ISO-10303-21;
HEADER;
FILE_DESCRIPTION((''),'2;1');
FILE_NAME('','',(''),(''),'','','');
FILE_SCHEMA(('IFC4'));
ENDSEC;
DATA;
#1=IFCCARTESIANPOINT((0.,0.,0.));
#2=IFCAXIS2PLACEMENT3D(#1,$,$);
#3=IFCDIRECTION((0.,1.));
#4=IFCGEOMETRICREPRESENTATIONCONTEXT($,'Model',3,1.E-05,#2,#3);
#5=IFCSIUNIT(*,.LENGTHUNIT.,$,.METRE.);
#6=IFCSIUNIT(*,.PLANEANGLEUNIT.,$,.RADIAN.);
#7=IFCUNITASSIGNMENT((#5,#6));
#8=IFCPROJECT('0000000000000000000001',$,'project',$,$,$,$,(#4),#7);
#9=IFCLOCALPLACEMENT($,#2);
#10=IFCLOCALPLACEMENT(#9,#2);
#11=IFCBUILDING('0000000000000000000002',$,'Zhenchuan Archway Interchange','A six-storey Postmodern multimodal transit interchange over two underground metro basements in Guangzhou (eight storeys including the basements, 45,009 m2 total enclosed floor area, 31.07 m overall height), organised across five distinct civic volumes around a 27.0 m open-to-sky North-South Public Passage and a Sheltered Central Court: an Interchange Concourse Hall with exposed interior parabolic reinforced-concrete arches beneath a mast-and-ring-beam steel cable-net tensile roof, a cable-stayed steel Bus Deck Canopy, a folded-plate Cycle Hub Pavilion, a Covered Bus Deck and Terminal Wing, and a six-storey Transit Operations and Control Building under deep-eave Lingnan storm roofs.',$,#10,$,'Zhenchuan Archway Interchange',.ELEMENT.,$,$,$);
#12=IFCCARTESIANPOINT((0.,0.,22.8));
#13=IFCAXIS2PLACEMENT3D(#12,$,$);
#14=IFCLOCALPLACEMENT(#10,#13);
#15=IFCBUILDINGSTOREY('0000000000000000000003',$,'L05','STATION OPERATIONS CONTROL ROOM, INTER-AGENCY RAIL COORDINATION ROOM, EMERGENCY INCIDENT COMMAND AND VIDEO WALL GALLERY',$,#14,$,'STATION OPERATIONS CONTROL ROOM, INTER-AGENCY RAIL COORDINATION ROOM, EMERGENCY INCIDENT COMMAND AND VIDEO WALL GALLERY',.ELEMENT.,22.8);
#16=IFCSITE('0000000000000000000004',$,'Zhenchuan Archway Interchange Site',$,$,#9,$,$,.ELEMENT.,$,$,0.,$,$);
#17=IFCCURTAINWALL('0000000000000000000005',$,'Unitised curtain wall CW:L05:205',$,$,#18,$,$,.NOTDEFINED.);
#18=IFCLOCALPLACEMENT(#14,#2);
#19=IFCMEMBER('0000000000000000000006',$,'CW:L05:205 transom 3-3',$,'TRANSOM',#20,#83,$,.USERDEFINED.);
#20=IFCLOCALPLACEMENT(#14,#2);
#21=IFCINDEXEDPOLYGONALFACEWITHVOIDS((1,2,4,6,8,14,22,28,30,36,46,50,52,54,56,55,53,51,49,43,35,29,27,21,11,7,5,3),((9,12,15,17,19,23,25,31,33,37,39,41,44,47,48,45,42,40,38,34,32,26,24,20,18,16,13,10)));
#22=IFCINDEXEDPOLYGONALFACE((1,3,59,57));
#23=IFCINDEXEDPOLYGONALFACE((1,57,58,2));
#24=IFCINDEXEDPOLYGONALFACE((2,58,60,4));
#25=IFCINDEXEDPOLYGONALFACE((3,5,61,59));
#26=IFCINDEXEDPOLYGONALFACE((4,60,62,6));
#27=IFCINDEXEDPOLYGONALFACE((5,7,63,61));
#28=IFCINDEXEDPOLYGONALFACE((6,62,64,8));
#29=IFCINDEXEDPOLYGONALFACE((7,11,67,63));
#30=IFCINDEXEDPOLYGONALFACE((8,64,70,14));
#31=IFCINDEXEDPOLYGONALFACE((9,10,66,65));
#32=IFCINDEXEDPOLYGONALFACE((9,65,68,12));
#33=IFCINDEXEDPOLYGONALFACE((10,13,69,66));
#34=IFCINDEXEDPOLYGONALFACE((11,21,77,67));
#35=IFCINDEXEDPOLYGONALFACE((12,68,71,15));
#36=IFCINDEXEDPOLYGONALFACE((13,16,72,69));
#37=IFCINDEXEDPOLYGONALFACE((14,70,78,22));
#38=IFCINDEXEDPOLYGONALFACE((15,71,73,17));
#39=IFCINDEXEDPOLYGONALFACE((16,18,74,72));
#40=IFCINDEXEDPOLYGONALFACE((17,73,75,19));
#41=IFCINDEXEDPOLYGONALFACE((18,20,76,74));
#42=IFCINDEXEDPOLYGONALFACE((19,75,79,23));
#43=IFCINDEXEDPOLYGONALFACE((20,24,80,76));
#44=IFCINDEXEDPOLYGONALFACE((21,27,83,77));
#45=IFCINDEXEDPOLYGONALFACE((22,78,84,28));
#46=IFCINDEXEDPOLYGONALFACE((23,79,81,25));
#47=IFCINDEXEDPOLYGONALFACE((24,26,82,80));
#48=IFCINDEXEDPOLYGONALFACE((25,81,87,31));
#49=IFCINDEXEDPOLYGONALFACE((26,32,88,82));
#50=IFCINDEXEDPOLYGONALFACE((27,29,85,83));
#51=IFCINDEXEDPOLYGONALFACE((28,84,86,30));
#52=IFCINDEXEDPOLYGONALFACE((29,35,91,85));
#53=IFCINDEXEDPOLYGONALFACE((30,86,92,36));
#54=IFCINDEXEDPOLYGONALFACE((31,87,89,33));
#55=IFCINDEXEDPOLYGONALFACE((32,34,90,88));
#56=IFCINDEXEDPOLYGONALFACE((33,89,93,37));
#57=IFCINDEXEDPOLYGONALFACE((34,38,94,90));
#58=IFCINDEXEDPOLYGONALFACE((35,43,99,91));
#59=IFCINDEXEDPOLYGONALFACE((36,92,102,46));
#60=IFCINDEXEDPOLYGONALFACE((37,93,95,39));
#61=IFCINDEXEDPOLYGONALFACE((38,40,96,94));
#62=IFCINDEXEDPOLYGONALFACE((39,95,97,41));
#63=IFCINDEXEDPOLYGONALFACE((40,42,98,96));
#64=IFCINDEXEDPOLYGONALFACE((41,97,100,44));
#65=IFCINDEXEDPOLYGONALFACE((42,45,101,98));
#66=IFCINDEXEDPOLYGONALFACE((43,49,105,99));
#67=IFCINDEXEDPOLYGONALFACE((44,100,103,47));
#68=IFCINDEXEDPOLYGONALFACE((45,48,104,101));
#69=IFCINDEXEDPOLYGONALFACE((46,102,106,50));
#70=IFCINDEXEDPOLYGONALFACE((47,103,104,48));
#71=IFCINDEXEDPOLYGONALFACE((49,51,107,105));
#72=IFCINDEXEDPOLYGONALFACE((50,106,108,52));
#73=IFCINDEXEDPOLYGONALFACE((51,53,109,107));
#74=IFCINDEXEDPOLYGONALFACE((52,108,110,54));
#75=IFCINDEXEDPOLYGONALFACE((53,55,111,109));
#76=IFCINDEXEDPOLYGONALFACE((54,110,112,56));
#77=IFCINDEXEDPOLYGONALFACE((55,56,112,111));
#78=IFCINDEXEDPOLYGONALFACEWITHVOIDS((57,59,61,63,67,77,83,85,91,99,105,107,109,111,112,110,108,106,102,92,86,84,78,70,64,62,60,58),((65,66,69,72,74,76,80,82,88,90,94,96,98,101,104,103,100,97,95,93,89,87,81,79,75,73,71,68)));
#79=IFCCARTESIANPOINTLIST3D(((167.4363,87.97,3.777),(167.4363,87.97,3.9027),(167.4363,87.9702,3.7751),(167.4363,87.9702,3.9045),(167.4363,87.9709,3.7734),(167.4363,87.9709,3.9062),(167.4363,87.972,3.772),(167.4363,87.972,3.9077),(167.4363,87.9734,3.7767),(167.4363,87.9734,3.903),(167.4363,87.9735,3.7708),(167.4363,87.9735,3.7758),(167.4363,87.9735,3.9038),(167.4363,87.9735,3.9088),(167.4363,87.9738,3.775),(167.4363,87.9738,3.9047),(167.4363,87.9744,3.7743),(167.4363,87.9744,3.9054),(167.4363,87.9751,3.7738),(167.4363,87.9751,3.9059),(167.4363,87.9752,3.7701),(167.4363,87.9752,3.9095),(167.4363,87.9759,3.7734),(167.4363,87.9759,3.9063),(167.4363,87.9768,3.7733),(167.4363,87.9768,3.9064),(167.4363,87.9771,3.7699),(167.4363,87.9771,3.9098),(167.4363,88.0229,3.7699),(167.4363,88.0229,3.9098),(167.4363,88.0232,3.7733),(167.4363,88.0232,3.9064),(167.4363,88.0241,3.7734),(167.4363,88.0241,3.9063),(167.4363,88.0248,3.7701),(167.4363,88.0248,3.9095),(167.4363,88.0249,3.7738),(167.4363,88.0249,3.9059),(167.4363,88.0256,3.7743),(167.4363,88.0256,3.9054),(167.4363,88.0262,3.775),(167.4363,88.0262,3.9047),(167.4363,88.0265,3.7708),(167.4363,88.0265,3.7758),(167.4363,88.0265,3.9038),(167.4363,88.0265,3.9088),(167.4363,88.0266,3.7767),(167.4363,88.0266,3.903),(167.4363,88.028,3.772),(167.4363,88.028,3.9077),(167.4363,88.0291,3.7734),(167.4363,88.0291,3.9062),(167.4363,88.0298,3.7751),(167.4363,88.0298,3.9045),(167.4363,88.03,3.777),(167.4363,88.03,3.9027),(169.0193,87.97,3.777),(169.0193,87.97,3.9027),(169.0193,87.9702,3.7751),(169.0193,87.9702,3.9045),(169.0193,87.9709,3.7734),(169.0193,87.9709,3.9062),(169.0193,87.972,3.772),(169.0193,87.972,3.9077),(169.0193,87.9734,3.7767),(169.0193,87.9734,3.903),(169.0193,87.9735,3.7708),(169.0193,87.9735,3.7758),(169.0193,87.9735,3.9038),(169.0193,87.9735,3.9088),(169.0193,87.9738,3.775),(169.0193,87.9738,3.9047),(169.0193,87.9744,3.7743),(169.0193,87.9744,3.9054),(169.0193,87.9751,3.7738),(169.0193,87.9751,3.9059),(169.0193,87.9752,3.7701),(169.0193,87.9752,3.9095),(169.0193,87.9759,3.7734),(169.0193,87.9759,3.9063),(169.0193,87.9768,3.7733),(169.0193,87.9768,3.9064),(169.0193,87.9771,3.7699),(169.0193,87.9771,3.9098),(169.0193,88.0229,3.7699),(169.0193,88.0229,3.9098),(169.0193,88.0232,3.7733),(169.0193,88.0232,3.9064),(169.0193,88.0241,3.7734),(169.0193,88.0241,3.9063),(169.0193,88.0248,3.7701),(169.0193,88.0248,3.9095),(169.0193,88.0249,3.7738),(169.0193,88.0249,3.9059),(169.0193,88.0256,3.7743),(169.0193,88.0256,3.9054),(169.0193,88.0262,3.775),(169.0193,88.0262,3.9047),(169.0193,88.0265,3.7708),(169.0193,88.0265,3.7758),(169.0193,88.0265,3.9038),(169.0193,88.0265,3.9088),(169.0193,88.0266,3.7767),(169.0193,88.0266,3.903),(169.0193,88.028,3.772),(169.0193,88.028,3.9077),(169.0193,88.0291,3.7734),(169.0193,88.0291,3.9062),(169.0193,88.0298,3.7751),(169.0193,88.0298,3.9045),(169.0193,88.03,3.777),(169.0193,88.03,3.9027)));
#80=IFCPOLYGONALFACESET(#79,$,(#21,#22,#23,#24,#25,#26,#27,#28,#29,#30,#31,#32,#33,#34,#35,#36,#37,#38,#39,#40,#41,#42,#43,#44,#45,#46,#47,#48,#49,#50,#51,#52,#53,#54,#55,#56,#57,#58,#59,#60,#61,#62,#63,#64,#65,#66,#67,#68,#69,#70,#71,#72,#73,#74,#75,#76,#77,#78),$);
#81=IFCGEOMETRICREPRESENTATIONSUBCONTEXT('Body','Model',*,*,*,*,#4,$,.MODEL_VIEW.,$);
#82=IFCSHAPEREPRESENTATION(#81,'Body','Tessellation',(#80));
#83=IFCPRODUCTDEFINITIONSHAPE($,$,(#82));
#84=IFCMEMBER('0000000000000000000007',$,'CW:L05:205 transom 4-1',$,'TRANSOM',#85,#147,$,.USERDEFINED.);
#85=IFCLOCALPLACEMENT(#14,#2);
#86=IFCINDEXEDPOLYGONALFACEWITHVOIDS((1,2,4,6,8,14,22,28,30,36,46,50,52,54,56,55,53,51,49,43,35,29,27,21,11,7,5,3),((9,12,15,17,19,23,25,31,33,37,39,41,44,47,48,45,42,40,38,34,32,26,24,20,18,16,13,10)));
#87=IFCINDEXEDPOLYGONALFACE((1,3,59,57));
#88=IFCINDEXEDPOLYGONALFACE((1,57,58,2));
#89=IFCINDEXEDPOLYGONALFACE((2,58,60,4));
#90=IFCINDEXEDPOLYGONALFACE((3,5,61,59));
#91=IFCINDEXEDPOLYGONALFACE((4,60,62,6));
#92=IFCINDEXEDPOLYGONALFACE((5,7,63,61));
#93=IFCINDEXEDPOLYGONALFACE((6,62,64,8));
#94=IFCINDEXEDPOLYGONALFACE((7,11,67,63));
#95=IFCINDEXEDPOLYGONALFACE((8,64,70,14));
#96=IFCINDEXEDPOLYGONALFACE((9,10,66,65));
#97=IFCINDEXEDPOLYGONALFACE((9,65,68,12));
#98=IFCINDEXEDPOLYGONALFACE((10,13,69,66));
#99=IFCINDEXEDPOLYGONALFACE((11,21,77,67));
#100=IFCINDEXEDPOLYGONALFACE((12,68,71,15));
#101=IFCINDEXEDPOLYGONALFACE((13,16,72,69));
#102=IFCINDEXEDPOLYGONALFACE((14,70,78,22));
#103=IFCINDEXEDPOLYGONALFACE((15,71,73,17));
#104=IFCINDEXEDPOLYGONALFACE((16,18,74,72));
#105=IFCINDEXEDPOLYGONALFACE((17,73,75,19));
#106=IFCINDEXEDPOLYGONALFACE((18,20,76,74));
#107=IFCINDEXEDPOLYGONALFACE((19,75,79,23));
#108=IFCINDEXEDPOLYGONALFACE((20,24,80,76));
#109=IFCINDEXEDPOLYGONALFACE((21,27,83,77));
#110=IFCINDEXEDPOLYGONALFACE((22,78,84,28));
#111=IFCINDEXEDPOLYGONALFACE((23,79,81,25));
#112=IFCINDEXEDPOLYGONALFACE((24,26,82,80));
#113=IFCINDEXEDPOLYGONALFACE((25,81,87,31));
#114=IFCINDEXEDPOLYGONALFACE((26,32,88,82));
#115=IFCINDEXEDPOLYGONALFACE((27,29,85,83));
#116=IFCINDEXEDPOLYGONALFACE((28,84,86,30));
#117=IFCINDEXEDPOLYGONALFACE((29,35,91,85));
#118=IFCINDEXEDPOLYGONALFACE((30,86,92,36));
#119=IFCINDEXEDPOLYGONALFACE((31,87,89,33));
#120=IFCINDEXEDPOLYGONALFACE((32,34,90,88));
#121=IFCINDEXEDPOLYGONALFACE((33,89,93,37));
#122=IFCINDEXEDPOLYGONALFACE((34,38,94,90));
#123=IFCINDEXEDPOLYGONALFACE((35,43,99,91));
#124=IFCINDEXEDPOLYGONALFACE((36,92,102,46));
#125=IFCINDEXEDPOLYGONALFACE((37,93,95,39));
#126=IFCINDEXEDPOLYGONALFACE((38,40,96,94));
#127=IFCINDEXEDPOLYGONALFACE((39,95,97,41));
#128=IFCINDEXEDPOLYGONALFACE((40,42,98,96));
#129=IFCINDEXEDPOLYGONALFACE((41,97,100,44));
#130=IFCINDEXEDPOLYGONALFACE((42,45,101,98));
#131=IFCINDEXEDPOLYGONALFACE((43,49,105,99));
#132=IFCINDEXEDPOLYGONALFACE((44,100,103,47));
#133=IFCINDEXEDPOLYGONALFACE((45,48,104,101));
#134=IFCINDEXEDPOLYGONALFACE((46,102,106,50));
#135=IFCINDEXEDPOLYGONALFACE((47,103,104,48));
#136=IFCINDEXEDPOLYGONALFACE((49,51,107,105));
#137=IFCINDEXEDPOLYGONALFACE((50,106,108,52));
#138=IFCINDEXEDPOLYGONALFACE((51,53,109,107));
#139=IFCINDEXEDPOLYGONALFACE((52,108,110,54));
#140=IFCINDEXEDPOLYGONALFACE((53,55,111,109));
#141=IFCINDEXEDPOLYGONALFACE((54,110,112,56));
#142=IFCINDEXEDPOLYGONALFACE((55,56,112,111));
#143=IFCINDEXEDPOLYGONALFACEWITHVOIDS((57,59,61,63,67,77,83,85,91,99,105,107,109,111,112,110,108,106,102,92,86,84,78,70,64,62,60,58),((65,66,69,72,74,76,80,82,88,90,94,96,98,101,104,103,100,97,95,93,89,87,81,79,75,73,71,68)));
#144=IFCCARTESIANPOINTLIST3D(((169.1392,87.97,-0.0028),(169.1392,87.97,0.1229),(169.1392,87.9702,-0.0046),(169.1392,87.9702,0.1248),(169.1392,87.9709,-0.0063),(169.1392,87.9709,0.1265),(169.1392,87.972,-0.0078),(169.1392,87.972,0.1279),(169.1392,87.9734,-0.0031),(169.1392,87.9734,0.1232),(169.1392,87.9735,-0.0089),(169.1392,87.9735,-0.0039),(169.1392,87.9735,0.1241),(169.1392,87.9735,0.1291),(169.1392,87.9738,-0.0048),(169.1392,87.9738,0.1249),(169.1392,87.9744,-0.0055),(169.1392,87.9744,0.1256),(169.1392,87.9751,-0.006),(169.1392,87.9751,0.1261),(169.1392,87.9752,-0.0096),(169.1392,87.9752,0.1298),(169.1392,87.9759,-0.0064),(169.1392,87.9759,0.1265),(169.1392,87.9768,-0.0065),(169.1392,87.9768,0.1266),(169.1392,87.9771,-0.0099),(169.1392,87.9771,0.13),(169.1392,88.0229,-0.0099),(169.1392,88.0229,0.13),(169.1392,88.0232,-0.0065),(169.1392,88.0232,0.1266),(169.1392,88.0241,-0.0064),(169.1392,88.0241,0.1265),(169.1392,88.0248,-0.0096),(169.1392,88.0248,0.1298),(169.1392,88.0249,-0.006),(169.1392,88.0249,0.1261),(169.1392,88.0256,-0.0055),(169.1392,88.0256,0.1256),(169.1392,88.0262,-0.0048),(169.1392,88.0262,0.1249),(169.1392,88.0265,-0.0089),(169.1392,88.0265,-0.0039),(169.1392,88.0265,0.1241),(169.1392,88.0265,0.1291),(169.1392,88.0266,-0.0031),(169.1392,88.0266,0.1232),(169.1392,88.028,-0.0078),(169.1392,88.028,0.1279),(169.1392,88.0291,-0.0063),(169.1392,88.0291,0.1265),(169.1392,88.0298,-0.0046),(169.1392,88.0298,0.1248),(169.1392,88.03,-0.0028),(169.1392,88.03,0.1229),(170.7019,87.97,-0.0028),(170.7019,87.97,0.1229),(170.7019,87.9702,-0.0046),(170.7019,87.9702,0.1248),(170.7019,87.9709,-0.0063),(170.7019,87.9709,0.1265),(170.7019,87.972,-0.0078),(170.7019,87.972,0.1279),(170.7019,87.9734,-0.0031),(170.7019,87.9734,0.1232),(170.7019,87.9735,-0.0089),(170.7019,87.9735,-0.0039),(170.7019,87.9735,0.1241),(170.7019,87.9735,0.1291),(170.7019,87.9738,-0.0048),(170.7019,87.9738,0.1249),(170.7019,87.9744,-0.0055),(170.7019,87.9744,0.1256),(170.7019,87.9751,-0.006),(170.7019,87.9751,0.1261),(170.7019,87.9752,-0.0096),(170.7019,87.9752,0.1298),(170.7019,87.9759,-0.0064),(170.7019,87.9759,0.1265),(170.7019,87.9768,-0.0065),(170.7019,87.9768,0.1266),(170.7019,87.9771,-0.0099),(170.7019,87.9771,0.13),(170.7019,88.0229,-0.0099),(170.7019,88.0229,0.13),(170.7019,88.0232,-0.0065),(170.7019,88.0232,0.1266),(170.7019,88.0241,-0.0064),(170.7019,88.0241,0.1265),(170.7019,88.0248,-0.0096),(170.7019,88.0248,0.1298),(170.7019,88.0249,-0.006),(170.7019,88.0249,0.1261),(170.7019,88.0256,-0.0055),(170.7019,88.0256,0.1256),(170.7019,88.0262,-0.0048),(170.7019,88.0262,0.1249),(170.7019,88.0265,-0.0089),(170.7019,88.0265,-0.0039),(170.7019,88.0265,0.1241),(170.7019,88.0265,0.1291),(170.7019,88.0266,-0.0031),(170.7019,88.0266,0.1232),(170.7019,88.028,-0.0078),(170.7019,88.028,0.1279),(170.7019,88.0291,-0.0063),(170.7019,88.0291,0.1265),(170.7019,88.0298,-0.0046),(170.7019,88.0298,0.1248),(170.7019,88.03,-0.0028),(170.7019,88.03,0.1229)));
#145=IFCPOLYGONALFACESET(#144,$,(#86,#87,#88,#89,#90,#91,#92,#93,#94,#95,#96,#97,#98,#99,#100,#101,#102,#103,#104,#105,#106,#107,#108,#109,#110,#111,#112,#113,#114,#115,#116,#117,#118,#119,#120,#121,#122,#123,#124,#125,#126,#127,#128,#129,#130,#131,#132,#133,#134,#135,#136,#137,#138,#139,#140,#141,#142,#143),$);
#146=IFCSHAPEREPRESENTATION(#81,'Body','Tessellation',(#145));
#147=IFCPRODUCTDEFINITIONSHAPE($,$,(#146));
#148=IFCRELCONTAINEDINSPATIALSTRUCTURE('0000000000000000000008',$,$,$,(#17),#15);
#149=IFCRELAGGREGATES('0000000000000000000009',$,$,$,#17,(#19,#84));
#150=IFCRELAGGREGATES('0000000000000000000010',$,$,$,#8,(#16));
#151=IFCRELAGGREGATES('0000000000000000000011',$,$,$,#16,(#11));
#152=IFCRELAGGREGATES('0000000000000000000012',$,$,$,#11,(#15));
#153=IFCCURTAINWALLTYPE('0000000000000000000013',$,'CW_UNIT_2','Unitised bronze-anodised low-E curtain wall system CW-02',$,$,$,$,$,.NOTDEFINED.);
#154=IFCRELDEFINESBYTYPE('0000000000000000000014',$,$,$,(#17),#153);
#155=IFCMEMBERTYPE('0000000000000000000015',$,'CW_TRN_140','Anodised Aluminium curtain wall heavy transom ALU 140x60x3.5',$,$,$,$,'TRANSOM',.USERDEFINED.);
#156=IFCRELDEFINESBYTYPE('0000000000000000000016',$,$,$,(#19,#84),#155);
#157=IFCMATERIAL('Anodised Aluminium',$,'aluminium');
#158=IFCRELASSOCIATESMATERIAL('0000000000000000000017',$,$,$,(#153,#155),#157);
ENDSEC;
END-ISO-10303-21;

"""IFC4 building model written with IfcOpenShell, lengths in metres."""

from ifc_helpers import new_model, si_unit, direction, frame, origin, origin_2d, place, context, subcontext, project, spatial, hollow_rectangle, extrude, material, material_profile, profile_set, type_object, element, aggregate, save


model = new_model("IFC4")

# Units and contexts
model_context = context("Model", 3, precision=1e-05, world=origin(), true_north=direction((0.0, 1.0)))
body_context = subcontext(model_context, "Body", "Model", "MODEL_VIEW")
ifc_project = project(units=[si_unit("LENGTHUNIT", "METRE"), si_unit("PLANEANGLEUNIT", "RADIAN")], contexts=[model_context])

# Site, building, storey
site_placement = place(None, origin())
site = spatial("IfcSite", under=ifc_project, at=site_placement, Name="Zhenchuan Archway Interchange Site", CompositionType="ELEMENT", RefElevation=0.0)
building_placement = place(site_placement, origin())
building = spatial("IfcBuilding", under=site, at=building_placement, Name="Zhenchuan Archway Interchange", Description="A six-storey Postmodern multimodal transit interchange over two underground metro basements in Guangzhou (eight storeys including the basements, 45,009 m2 total enclosed floor area, 31.07 m overall height), organised across five distinct civic volumes around a 27.0 m open-to-sky North-South Public Passage and a Sheltered Central Court: an Interchange Concourse Hall with exposed interior parabolic reinforced-concrete arches beneath a mast-and-ring-beam steel cable-net tensile roof, a cable-stayed steel Bus Deck Canopy, a folded-plate Cycle Hub Pavilion, a Covered Bus Deck and Terminal Wing, and a six-storey Transit Operations and Control Building under deep-eave Lingnan storm roofs.", LongName="Zhenchuan Archway Interchange", CompositionType="ELEMENT")
storey_placement = place(building_placement, frame((0.0, 0.0, 22.8)))
storey = spatial("IfcBuildingStorey", under=building, at=storey_placement, Name="L05", Description="STATION OPERATIONS CONTROL ROOM, INTER-AGENCY RAIL COORDINATION ROOM, EMERGENCY INCIDENT COMMAND AND VIDEO WALL GALLERY", LongName="STATION OPERATIONS CONTROL ROOM, INTER-AGENCY RAIL COORDINATION ROOM, EMERGENCY INCIDENT COMMAND AND VIDEO WALL GALLERY", CompositionType="ELEMENT", Elevation=22.8)

# Curtain wall, members
ifc_material_1 = material(Name="Anodised Aluminium", Category="aluminium")
curtain_wall_type = type_object("IfcCurtainWallType", Name="CW_UNIT_2", Description="Unitised bronze-anodised low-E curtain wall system CW-02", PredefinedType="NOTDEFINED", material=ifc_material_1)
curtain_wall_placement = place(storey_placement, origin())
curtain_wall = element("IfcCurtainWall", 1, at=curtain_wall_placement, inside=storey, type_object=curtain_wall_type, Name="Unitised curtain wall CW:L05:205", PredefinedType="NOTDEFINED")
ifc_material_profile_1 = material_profile(ifc_material_1, hollow_rectangle(XDim=0.0601, YDim=0.1399, WallThickness=0.0034, InnerFilletRadius=0.0034, OuterFilletRadius=0.0071, at=origin_2d()), Name="ALU 140x60x3.5")
ifc_profile_set_1 = profile_set([ifc_material_profile_1], Name="Anodised Aluminium")
member_type_1 = type_object("IfcMemberType", Name="CW_TRN_140", Description="Anodised Aluminium curtain wall heavy transom ALU 140x60x3.5", ElementType="TRANSOM", PredefinedType="USERDEFINED", material=ifc_profile_set_1)
member_1_placement = place(storey_placement, frame((167.4363, 88.0, 3.8398), z_axis=(1.0, 0.0, 0.0), x_axis=(0.0, 1.0, 0.0)))
member_1 = element("IfcMember", 2, at=member_1_placement, type_object=member_type_1, Name="CW:L05:205 transom 3-3", ObjectType="TRANSOM", PredefinedType="USERDEFINED", context=body_context, shape_type="SweptSolid", body=[
    extrude(hollow_rectangle(XDim=0.0601, YDim=0.1399, WallThickness=0.0034, InnerFilletRadius=0.0034, OuterFilletRadius=0.0071, at=origin_2d()), origin(), (0.0, 0.0, 1.0), 1.583),
])
member_2_placement = place(storey_placement, frame((169.1392, 88.0, 0.0601), z_axis=(1.0, 0.0, 0.0), x_axis=(0.0, 1.0, 0.0)))
member_2 = element("IfcMember", 3, at=member_2_placement, type_object=member_type_1, Name="CW:L05:205 transom 4-1", ObjectType="TRANSOM", PredefinedType="USERDEFINED", context=body_context, shape_type="SweptSolid", body=[
    extrude(hollow_rectangle(XDim=0.0601, YDim=0.1399, WallThickness=0.0034, InnerFilletRadius=0.0034, OuterFilletRadius=0.0071, at=origin_2d()), origin(), (0.0, 0.0, 1.0), 1.5627),
])

aggregate(curtain_wall, [member_1, member_2])

save(model, "model.ifc")
